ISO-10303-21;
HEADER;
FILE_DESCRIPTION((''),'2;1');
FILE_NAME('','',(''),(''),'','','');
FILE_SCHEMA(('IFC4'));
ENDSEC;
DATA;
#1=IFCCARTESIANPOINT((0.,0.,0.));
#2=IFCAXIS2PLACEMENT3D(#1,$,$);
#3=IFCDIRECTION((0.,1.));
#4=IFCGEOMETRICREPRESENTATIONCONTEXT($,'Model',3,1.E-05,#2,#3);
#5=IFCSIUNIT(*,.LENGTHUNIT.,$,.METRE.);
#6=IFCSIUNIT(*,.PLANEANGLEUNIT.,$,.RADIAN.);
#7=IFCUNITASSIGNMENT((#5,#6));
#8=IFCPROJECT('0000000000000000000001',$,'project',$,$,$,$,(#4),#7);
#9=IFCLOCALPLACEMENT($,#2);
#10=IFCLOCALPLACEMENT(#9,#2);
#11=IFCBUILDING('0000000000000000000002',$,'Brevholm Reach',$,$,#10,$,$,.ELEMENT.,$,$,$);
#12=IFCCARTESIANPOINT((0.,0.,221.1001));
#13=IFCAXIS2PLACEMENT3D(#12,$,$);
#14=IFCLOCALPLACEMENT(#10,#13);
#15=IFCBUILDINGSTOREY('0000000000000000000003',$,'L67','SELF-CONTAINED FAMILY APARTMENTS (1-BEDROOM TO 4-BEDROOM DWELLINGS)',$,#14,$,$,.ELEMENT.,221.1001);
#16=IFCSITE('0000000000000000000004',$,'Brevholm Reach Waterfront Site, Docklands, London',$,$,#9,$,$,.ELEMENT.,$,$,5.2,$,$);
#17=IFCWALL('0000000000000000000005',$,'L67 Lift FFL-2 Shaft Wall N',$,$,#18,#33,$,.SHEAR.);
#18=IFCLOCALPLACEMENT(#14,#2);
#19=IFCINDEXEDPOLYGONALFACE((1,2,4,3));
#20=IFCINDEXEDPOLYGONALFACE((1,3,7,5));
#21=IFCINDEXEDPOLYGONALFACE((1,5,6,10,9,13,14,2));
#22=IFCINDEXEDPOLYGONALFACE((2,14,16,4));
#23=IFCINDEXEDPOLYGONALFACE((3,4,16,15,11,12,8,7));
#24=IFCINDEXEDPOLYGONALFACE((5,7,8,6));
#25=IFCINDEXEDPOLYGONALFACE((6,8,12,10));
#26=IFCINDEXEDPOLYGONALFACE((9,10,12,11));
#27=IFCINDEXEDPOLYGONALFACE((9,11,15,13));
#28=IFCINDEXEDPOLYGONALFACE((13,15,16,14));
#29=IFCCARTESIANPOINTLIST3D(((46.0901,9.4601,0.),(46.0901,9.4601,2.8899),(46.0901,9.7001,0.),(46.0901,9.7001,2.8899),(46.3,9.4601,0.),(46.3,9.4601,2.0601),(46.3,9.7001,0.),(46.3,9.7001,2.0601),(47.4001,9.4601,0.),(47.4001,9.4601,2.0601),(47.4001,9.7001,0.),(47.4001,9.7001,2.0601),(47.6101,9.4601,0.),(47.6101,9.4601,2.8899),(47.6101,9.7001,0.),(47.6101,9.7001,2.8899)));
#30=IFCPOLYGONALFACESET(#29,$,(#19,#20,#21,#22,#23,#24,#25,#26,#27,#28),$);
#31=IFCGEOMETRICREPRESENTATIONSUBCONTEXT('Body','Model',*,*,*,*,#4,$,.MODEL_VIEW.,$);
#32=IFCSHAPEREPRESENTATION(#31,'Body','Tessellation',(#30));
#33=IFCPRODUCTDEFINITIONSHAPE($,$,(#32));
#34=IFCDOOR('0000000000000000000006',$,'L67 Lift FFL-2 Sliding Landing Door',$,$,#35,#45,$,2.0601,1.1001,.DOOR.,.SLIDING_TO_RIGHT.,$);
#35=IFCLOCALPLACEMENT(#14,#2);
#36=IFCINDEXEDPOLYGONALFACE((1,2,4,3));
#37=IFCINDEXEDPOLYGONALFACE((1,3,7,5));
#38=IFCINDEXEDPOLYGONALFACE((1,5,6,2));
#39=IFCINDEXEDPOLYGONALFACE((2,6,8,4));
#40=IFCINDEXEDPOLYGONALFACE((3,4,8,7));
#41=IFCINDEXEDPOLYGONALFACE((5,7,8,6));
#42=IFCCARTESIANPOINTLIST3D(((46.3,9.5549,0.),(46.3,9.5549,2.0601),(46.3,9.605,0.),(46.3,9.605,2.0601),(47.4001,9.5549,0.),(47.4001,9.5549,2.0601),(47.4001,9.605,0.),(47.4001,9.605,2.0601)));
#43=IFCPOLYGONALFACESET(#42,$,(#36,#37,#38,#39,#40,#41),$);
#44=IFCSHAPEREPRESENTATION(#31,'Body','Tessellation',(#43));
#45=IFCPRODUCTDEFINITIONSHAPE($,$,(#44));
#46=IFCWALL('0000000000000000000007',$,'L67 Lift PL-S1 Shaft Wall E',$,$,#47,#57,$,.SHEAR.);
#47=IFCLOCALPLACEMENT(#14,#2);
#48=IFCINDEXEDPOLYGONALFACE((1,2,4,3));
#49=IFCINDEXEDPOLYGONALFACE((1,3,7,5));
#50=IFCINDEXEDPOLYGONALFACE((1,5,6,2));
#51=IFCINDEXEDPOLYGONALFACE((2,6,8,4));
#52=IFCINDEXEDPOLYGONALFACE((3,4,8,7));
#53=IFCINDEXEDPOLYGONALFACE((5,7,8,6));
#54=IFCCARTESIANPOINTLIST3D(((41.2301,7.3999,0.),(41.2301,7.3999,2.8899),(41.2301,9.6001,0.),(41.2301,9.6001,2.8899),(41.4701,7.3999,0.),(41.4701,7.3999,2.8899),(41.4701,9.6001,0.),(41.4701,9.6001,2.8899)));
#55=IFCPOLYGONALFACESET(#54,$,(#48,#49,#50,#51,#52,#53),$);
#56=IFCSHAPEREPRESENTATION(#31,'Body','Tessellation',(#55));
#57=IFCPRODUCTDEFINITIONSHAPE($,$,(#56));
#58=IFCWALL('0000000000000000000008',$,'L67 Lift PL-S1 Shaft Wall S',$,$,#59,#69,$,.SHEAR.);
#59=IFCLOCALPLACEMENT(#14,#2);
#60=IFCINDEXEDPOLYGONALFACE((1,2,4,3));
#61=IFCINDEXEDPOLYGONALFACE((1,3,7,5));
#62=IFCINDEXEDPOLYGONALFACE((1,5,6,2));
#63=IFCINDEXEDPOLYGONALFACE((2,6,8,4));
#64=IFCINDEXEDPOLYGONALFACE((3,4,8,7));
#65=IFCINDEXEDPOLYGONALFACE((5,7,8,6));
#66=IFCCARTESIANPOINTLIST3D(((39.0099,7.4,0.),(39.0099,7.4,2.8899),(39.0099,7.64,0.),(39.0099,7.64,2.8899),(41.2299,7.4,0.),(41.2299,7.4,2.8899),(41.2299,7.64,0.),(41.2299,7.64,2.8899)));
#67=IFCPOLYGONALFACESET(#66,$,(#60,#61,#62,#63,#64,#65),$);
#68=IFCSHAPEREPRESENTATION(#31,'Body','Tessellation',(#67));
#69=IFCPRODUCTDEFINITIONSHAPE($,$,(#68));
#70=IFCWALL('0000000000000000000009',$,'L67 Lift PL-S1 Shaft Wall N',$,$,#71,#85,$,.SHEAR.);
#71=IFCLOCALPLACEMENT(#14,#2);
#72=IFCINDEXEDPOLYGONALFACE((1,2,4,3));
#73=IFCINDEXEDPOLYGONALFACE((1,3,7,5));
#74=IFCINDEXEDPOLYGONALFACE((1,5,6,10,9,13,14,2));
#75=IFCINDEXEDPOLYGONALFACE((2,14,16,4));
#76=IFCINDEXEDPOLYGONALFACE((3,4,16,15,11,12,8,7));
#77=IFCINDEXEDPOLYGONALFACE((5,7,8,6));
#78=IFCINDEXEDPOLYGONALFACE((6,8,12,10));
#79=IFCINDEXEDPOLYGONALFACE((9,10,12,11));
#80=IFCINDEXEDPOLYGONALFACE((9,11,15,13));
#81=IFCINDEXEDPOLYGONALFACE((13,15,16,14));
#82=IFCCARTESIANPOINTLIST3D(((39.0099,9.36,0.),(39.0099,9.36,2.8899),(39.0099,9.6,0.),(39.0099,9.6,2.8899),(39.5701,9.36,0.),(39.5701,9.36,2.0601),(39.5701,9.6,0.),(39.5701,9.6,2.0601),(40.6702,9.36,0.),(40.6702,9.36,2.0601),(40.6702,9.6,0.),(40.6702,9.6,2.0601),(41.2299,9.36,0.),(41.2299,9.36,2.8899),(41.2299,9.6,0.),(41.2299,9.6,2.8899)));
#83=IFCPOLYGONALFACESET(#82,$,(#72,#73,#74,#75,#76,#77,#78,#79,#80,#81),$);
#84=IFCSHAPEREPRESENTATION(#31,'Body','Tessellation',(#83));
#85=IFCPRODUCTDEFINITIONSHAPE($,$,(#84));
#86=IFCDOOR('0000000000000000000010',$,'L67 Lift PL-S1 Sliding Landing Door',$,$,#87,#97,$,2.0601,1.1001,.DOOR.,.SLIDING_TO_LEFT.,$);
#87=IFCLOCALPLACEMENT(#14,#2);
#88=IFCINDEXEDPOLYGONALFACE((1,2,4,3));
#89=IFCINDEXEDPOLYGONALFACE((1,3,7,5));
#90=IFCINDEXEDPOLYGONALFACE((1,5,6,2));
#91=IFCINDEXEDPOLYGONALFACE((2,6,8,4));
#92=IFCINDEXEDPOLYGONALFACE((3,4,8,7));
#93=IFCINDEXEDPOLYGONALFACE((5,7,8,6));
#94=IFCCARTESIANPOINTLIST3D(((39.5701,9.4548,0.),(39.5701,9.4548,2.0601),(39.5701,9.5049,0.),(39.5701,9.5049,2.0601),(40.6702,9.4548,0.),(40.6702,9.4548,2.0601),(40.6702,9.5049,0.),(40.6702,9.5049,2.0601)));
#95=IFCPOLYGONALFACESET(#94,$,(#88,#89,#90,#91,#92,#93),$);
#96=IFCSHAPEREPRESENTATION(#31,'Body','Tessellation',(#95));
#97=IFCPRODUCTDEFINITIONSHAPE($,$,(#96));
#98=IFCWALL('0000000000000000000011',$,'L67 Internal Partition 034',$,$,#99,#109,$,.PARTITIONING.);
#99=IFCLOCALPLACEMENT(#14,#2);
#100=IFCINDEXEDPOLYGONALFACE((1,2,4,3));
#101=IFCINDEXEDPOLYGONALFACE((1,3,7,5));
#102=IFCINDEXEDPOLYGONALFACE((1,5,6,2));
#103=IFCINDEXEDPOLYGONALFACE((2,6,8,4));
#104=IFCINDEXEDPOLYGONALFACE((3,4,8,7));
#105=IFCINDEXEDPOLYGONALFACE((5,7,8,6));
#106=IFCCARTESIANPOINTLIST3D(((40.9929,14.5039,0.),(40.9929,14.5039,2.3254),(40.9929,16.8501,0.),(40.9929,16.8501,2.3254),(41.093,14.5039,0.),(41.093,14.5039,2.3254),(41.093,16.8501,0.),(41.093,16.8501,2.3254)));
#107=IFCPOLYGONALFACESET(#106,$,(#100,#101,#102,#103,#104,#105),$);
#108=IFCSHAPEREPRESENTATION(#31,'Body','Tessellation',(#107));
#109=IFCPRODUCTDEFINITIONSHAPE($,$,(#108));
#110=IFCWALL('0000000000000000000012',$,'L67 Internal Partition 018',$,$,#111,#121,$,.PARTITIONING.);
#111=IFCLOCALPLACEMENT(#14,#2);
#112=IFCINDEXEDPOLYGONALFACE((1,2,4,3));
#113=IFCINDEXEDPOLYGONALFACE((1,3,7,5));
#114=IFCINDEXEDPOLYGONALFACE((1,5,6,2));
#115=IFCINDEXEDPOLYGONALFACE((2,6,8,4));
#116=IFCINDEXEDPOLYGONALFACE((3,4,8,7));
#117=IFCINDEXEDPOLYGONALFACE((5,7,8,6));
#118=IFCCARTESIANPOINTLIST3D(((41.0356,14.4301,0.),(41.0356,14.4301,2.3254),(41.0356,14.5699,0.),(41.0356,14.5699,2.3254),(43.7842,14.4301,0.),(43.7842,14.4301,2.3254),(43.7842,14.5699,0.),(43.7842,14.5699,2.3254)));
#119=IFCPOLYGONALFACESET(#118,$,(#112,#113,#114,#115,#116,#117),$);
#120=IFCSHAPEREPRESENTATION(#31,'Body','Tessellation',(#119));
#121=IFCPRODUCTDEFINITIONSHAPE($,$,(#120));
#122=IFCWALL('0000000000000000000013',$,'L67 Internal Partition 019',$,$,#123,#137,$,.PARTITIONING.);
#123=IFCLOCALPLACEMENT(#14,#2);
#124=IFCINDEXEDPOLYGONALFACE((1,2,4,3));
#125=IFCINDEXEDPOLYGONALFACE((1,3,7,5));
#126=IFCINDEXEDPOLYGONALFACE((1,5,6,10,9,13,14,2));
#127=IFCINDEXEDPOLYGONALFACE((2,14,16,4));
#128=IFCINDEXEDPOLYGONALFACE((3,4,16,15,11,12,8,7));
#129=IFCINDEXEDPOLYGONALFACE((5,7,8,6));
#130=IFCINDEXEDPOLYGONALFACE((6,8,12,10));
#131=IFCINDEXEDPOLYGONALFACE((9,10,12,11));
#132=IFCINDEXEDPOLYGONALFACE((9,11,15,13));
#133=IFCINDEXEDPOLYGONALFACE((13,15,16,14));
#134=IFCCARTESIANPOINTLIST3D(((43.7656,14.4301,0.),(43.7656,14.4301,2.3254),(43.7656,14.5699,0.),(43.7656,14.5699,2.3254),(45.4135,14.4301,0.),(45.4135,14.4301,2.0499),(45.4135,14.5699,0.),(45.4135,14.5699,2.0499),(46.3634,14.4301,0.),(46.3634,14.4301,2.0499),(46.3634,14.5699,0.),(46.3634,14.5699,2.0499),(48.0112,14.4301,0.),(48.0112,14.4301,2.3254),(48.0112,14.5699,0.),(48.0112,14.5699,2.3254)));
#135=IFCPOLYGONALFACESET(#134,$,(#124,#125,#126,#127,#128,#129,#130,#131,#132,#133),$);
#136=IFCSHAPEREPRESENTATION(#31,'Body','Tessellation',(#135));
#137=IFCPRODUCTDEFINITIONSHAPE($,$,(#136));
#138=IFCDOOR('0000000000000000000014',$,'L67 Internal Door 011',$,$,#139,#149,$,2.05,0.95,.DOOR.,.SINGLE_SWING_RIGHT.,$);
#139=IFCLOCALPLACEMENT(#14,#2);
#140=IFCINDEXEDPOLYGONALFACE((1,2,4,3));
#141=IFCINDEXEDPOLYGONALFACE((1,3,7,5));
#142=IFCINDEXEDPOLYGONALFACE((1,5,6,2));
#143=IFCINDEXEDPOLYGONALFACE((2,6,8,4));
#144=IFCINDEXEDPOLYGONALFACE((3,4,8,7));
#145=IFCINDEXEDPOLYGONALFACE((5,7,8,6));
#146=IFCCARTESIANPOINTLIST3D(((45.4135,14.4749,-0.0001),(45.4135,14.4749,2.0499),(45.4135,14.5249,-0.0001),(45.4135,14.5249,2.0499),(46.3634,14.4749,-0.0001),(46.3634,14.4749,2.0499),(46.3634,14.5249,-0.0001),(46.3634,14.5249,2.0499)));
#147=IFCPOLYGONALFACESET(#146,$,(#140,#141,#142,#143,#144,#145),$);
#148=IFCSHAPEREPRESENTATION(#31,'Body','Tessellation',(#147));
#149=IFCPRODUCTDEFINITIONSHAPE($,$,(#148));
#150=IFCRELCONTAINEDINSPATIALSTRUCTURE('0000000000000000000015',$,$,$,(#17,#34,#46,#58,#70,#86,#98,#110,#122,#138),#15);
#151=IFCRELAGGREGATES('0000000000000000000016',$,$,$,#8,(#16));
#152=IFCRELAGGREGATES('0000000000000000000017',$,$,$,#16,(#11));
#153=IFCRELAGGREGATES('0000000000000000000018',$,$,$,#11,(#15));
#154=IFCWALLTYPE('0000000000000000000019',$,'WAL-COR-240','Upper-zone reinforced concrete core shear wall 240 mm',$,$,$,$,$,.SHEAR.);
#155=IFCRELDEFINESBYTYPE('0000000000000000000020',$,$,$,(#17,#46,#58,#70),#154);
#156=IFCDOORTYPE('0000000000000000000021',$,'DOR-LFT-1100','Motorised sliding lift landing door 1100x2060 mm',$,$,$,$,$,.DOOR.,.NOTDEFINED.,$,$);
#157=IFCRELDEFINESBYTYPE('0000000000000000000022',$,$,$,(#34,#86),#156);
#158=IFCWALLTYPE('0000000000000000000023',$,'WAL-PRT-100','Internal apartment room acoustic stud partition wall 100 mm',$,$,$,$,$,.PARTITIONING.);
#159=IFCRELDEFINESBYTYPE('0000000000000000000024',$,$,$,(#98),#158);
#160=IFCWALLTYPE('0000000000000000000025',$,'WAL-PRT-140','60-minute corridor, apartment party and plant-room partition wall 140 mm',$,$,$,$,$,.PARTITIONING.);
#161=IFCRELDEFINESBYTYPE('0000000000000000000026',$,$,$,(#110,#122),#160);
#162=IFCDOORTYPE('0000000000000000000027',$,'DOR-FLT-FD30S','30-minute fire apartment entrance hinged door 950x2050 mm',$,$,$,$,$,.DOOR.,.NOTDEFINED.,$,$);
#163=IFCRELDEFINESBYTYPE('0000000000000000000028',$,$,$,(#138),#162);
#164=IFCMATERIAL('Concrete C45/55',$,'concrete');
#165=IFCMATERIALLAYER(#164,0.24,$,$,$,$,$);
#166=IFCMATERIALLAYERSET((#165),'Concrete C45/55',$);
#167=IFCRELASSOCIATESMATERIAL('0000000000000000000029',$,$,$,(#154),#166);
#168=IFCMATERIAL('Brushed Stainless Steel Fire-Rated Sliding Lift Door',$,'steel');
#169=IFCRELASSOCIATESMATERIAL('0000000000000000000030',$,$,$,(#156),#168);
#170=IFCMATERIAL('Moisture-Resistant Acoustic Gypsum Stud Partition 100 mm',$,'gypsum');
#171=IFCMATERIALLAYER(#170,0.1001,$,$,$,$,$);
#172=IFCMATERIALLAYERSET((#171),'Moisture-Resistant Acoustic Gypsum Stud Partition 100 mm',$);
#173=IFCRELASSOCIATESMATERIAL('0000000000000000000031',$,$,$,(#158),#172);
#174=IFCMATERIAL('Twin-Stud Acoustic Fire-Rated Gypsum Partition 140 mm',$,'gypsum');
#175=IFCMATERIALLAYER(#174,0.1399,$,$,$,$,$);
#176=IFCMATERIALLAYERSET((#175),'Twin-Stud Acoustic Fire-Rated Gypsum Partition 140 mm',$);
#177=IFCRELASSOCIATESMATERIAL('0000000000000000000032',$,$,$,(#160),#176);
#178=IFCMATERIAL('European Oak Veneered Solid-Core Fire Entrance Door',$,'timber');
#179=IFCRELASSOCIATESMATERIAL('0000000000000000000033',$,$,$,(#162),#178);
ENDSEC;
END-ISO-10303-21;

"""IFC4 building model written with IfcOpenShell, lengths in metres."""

from ifc_helpers import new_model, si_unit, direction, frame, frame_2d, origin, place, context, subcontext, project, spatial, rectangle, extrude, material, layer, layer_set, type_object, element, fill, save


model = new_model("IFC4")

# Units and contexts
model_context = context("Model", 3, precision=1e-05, world=origin(), true_north=direction((0.0, 1.0)))
body_context = subcontext(model_context, "Body", "Model", "MODEL_VIEW")
ifc_project = project(units=[si_unit("LENGTHUNIT", "METRE"), si_unit("PLANEANGLEUNIT", "RADIAN")], contexts=[model_context])

# Site, building, storey
site_placement = place(None, origin())
site = spatial("IfcSite", under=ifc_project, at=site_placement, Name="Brevholm Reach Waterfront Site, Docklands, London", CompositionType="ELEMENT", RefElevation=5.2)
building_placement = place(site_placement, origin())
building = spatial("IfcBuilding", under=site, at=building_placement, Name="Brevholm Reach", CompositionType="ELEMENT")
storey_placement = place(building_placement, frame((0.0, 0.0, 221.1001)))
storey = spatial("IfcBuildingStorey", under=building, at=storey_placement, Name="L67", Description="SELF-CONTAINED FAMILY APARTMENTS (1-BEDROOM TO 4-BEDROOM DWELLINGS)", CompositionType="ELEMENT", Elevation=221.1001)

# Wall, opening, door
ifc_material_1 = material(Name="Concrete C45/55", Category="concrete")
ifc_layer_1 = layer(ifc_material_1, 0.24)
ifc_layer_set_1 = layer_set([ifc_layer_1], Name="Concrete C45/55")
wall_type_1 = type_object("IfcWallType", Name="WAL-COR-240", Description="Upper-zone reinforced concrete core shear wall 240 mm", PredefinedType="SHEAR", material=ifc_layer_set_1)
wall_1_placement = place(storey_placement, frame((46.0901, 9.5801, 0.0), z_axis=(0.0, 0.0, 1.0), x_axis=(1.0, 0.0, 0.0)))
wall_1 = element("IfcWall", 1, at=wall_1_placement, inside=storey, type_object=wall_type_1, Name="L67 Lift FFL-2 Shaft Wall N", PredefinedType="SHEAR", context=body_context, shape_type="SweptSolid", body=[
    extrude(rectangle(XDim=1.52, YDim=0.24, at=frame_2d((0.76, 0.0))), origin(), (0.0, 0.0, 1.0), 2.8899),
])
opening_1_placement = place(wall_1_placement, frame((0.21, 0.0, 0.0)))
opening_1 = element("IfcOpeningElement", 2, at=opening_1_placement, cuts=wall_1, PredefinedType="OPENING", context=body_context, shape_type="SweptSolid", body=[
    extrude(rectangle(XDim=1.1001, YDim=2.0601, at=frame_2d((0.55, 1.03))), frame((0.0, 0.1299, 0.0), z_axis=(0.0, -1.0, 0.0), x_axis=(1.0, 0.0, 0.0)), (0.0, 0.0, 1.0), 0.26),
])
ifc_material_2 = material(Name="Brushed Stainless Steel Fire-Rated Sliding Lift Door", Category="steel")
door_type_1 = type_object("IfcDoorType", Name="DOR-LFT-1100", Description="Motorised sliding lift landing door 1100x2060 mm", OperationType="NOTDEFINED", PredefinedType="DOOR", material=ifc_material_2)
door_1_placement = place(opening_1_placement, origin())
door_1 = element("IfcDoor", 3, at=door_1_placement, inside=storey, type_object=door_type_1, Name="L67 Lift FFL-2 Sliding Landing Door", OperationType="SLIDING_TO_RIGHT", OverallHeight=2.0601, OverallWidth=1.1001, PredefinedType="DOOR", context=body_context, shape_type="SweptSolid", body=[
    extrude(rectangle(XDim=1.1001, YDim=2.0601, at=frame_2d((0.55, 1.03))), frame((0.0, 0.0249, 0.0), z_axis=(0.0, -1.0, 0.0), x_axis=(1.0, 0.0, 0.0)), (0.0, 0.0, 1.0), 0.05),
])
fill(opening_1, door_1)

# Walls
wall_2_placement = place(storey_placement, frame((41.3501, 7.3999, 0.0), z_axis=(0.0, 0.0, 1.0), x_axis=(0.0, 1.0, 0.0)))
element("IfcWall", 4, at=wall_2_placement, inside=storey, type_object=wall_type_1, Name="L67 Lift PL-S1 Shaft Wall E", PredefinedType="SHEAR", context=body_context, shape_type="SweptSolid", body=[
    extrude(rectangle(XDim=2.2002, YDim=0.24, at=frame_2d((1.1001, 0.0))), origin(), (0.0, 0.0, 1.0), 2.8899),
])
wall_3_placement = place(storey_placement, frame((39.01, 7.52, 0.0), z_axis=(0.0, 0.0, 1.0), x_axis=(1.0, 0.0, 0.0)))
element("IfcWall", 5, at=wall_3_placement, inside=storey, type_object=wall_type_1, Name="L67 Lift PL-S1 Shaft Wall S", PredefinedType="SHEAR", context=body_context, shape_type="SweptSolid", body=[
    extrude(rectangle(XDim=2.22, YDim=0.24, at=frame_2d((1.1099, 0.0))), origin(), (0.0, 0.0, 1.0), 2.8899),
])

# Wall, opening, door
wall_4_placement = place(storey_placement, frame((39.01, 9.48, 0.0), z_axis=(0.0, 0.0, 1.0), x_axis=(1.0, 0.0, 0.0)))
wall_4 = element("IfcWall", 6, at=wall_4_placement, inside=storey, type_object=wall_type_1, Name="L67 Lift PL-S1 Shaft Wall N", PredefinedType="SHEAR", context=body_context, shape_type="SweptSolid", body=[
    extrude(rectangle(XDim=2.22, YDim=0.24, at=frame_2d((1.1099, 0.0))), origin(), (0.0, 0.0, 1.0), 2.8899),
])
opening_2_placement = place(wall_4_placement, frame((0.5601, 0.0, 0.0)))
opening_2 = element("IfcOpeningElement", 7, at=opening_2_placement, cuts=wall_4, PredefinedType="OPENING", context=body_context, shape_type="SweptSolid", body=[
    extrude(rectangle(XDim=1.1001, YDim=2.0601, at=frame_2d((0.55, 1.03))), frame((0.0, 0.1299, 0.0), z_axis=(0.0, -1.0, 0.0), x_axis=(1.0, 0.0, 0.0)), (0.0, 0.0, 1.0), 0.26),
])
door_2_placement = place(opening_2_placement, origin())
door_2 = element("IfcDoor", 8, at=door_2_placement, inside=storey, type_object=door_type_1, Name="L67 Lift PL-S1 Sliding Landing Door", OperationType="SLIDING_TO_LEFT", OverallHeight=2.0601, OverallWidth=1.1001, PredefinedType="DOOR", context=body_context, shape_type="SweptSolid", body=[
    extrude(rectangle(XDim=1.1001, YDim=2.0601, at=frame_2d((0.55, 1.03))), frame((0.0, 0.0249, 0.0), z_axis=(0.0, -1.0, 0.0), x_axis=(1.0, 0.0, 0.0)), (0.0, 0.0, 1.0), 0.05),
])
fill(opening_2, door_2)

# Walls
ifc_material_3 = material(Name="Moisture-Resistant Acoustic Gypsum Stud Partition 100 mm", Category="gypsum")
ifc_layer_2 = layer(ifc_material_3, 0.1001)
ifc_layer_set_2 = layer_set([ifc_layer_2], Name="Moisture-Resistant Acoustic Gypsum Stud Partition 100 mm")
wall_type_2 = type_object("IfcWallType", Name="WAL-PRT-100", Description="Internal apartment room acoustic stud partition wall 100 mm", PredefinedType="PARTITIONING", material=ifc_layer_set_2)
wall_5_placement = place(storey_placement, frame((41.043, 14.5039, 0.0), z_axis=(0.0, 0.0, 1.0), x_axis=(0.0, 1.0, 0.0)))
element("IfcWall", 9, at=wall_5_placement, inside=storey, type_object=wall_type_2, Name="L67 Internal Partition 034", PredefinedType="PARTITIONING", context=body_context, shape_type="SweptSolid", body=[
    extrude(rectangle(XDim=2.3462, YDim=0.1001, at=frame_2d((1.1731, 0.0))), origin(), (0.0, 0.0, 1.0), 2.3254),
])
ifc_material_4 = material(Name="Twin-Stud Acoustic Fire-Rated Gypsum Partition 140 mm", Category="gypsum")
ifc_layer_3 = layer(ifc_material_4, 0.1399)
ifc_layer_set_3 = layer_set([ifc_layer_3], Name="Twin-Stud Acoustic Fire-Rated Gypsum Partition 140 mm")
wall_type_3 = type_object("IfcWallType", Name="WAL-PRT-140", Description="60-minute corridor, apartment party and plant-room partition wall 140 mm", PredefinedType="PARTITIONING", material=ifc_layer_set_3)
wall_6_placement = place(storey_placement, frame((41.0356, 14.5, 0.0), z_axis=(0.0, 0.0, 1.0), x_axis=(1.0, 0.0, 0.0)))
element("IfcWall", 10, at=wall_6_placement, inside=storey, type_object=wall_type_3, Name="L67 Internal Partition 018", PredefinedType="PARTITIONING", context=body_context, shape_type="SweptSolid", body=[
    extrude(rectangle(XDim=2.7485, YDim=0.1399, at=frame_2d((1.3743, 0.0))), origin(), (0.0, 0.0, 1.0), 2.3254),
])

# Wall, opening, door
wall_7_placement = place(storey_placement, frame((43.7656, 14.5, 0.0), z_axis=(0.0, 0.0, 1.0), x_axis=(1.0, 0.0, 0.0)))
wall_7 = element("IfcWall", 11, at=wall_7_placement, inside=storey, type_object=wall_type_3, Name="L67 Internal Partition 019", PredefinedType="PARTITIONING", context=body_context, shape_type="SweptSolid", body=[
    extrude(rectangle(XDim=4.2456, YDim=0.1399, at=frame_2d((2.1228, 0.0))), origin(), (0.0, 0.0, 1.0), 2.3254),
])
opening_3_placement = place(wall_7_placement, frame((1.6477, 0.0, 0.0)))
opening_3 = element("IfcOpeningElement", 12, at=opening_3_placement, cuts=wall_7, PredefinedType="OPENING", context=body_context, shape_type="SweptSolid", body=[
    extrude(rectangle(XDim=0.95, YDim=2.05, at=frame_2d((0.4751, 1.0249))), frame((0.0, 0.0798, 0.0), z_axis=(0.0, -1.0, 0.0), x_axis=(1.0, 0.0, 0.0)), (0.0, 0.0, 1.0), 0.1599),
])
ifc_material_5 = material(Name="European Oak Veneered Solid-Core Fire Entrance Door", Category="timber")
door_type_2 = type_object("IfcDoorType", Name="DOR-FLT-FD30S", Description="30-minute fire apartment entrance hinged door 950x2050 mm", OperationType="NOTDEFINED", PredefinedType="DOOR", material=ifc_material_5)
door_3_placement = place(opening_3_placement, origin())
door_3 = element("IfcDoor", 13, at=door_3_placement, inside=storey, type_object=door_type_2, Name="L67 Internal Door 011", OperationType="SINGLE_SWING_RIGHT", OverallHeight=2.05, OverallWidth=0.95, PredefinedType="DOOR", context=body_context, shape_type="SweptSolid", body=[
    extrude(rectangle(XDim=0.95, YDim=2.05, at=frame_2d((0.4751, 1.0249))), frame((0.0, 0.0249, 0.0), z_axis=(0.0, -1.0, 0.0), x_axis=(1.0, 0.0, 0.0)), (0.0, 0.0, 1.0), 0.05),
])
fill(opening_3, door_3)

save(model, "model.ifc")
